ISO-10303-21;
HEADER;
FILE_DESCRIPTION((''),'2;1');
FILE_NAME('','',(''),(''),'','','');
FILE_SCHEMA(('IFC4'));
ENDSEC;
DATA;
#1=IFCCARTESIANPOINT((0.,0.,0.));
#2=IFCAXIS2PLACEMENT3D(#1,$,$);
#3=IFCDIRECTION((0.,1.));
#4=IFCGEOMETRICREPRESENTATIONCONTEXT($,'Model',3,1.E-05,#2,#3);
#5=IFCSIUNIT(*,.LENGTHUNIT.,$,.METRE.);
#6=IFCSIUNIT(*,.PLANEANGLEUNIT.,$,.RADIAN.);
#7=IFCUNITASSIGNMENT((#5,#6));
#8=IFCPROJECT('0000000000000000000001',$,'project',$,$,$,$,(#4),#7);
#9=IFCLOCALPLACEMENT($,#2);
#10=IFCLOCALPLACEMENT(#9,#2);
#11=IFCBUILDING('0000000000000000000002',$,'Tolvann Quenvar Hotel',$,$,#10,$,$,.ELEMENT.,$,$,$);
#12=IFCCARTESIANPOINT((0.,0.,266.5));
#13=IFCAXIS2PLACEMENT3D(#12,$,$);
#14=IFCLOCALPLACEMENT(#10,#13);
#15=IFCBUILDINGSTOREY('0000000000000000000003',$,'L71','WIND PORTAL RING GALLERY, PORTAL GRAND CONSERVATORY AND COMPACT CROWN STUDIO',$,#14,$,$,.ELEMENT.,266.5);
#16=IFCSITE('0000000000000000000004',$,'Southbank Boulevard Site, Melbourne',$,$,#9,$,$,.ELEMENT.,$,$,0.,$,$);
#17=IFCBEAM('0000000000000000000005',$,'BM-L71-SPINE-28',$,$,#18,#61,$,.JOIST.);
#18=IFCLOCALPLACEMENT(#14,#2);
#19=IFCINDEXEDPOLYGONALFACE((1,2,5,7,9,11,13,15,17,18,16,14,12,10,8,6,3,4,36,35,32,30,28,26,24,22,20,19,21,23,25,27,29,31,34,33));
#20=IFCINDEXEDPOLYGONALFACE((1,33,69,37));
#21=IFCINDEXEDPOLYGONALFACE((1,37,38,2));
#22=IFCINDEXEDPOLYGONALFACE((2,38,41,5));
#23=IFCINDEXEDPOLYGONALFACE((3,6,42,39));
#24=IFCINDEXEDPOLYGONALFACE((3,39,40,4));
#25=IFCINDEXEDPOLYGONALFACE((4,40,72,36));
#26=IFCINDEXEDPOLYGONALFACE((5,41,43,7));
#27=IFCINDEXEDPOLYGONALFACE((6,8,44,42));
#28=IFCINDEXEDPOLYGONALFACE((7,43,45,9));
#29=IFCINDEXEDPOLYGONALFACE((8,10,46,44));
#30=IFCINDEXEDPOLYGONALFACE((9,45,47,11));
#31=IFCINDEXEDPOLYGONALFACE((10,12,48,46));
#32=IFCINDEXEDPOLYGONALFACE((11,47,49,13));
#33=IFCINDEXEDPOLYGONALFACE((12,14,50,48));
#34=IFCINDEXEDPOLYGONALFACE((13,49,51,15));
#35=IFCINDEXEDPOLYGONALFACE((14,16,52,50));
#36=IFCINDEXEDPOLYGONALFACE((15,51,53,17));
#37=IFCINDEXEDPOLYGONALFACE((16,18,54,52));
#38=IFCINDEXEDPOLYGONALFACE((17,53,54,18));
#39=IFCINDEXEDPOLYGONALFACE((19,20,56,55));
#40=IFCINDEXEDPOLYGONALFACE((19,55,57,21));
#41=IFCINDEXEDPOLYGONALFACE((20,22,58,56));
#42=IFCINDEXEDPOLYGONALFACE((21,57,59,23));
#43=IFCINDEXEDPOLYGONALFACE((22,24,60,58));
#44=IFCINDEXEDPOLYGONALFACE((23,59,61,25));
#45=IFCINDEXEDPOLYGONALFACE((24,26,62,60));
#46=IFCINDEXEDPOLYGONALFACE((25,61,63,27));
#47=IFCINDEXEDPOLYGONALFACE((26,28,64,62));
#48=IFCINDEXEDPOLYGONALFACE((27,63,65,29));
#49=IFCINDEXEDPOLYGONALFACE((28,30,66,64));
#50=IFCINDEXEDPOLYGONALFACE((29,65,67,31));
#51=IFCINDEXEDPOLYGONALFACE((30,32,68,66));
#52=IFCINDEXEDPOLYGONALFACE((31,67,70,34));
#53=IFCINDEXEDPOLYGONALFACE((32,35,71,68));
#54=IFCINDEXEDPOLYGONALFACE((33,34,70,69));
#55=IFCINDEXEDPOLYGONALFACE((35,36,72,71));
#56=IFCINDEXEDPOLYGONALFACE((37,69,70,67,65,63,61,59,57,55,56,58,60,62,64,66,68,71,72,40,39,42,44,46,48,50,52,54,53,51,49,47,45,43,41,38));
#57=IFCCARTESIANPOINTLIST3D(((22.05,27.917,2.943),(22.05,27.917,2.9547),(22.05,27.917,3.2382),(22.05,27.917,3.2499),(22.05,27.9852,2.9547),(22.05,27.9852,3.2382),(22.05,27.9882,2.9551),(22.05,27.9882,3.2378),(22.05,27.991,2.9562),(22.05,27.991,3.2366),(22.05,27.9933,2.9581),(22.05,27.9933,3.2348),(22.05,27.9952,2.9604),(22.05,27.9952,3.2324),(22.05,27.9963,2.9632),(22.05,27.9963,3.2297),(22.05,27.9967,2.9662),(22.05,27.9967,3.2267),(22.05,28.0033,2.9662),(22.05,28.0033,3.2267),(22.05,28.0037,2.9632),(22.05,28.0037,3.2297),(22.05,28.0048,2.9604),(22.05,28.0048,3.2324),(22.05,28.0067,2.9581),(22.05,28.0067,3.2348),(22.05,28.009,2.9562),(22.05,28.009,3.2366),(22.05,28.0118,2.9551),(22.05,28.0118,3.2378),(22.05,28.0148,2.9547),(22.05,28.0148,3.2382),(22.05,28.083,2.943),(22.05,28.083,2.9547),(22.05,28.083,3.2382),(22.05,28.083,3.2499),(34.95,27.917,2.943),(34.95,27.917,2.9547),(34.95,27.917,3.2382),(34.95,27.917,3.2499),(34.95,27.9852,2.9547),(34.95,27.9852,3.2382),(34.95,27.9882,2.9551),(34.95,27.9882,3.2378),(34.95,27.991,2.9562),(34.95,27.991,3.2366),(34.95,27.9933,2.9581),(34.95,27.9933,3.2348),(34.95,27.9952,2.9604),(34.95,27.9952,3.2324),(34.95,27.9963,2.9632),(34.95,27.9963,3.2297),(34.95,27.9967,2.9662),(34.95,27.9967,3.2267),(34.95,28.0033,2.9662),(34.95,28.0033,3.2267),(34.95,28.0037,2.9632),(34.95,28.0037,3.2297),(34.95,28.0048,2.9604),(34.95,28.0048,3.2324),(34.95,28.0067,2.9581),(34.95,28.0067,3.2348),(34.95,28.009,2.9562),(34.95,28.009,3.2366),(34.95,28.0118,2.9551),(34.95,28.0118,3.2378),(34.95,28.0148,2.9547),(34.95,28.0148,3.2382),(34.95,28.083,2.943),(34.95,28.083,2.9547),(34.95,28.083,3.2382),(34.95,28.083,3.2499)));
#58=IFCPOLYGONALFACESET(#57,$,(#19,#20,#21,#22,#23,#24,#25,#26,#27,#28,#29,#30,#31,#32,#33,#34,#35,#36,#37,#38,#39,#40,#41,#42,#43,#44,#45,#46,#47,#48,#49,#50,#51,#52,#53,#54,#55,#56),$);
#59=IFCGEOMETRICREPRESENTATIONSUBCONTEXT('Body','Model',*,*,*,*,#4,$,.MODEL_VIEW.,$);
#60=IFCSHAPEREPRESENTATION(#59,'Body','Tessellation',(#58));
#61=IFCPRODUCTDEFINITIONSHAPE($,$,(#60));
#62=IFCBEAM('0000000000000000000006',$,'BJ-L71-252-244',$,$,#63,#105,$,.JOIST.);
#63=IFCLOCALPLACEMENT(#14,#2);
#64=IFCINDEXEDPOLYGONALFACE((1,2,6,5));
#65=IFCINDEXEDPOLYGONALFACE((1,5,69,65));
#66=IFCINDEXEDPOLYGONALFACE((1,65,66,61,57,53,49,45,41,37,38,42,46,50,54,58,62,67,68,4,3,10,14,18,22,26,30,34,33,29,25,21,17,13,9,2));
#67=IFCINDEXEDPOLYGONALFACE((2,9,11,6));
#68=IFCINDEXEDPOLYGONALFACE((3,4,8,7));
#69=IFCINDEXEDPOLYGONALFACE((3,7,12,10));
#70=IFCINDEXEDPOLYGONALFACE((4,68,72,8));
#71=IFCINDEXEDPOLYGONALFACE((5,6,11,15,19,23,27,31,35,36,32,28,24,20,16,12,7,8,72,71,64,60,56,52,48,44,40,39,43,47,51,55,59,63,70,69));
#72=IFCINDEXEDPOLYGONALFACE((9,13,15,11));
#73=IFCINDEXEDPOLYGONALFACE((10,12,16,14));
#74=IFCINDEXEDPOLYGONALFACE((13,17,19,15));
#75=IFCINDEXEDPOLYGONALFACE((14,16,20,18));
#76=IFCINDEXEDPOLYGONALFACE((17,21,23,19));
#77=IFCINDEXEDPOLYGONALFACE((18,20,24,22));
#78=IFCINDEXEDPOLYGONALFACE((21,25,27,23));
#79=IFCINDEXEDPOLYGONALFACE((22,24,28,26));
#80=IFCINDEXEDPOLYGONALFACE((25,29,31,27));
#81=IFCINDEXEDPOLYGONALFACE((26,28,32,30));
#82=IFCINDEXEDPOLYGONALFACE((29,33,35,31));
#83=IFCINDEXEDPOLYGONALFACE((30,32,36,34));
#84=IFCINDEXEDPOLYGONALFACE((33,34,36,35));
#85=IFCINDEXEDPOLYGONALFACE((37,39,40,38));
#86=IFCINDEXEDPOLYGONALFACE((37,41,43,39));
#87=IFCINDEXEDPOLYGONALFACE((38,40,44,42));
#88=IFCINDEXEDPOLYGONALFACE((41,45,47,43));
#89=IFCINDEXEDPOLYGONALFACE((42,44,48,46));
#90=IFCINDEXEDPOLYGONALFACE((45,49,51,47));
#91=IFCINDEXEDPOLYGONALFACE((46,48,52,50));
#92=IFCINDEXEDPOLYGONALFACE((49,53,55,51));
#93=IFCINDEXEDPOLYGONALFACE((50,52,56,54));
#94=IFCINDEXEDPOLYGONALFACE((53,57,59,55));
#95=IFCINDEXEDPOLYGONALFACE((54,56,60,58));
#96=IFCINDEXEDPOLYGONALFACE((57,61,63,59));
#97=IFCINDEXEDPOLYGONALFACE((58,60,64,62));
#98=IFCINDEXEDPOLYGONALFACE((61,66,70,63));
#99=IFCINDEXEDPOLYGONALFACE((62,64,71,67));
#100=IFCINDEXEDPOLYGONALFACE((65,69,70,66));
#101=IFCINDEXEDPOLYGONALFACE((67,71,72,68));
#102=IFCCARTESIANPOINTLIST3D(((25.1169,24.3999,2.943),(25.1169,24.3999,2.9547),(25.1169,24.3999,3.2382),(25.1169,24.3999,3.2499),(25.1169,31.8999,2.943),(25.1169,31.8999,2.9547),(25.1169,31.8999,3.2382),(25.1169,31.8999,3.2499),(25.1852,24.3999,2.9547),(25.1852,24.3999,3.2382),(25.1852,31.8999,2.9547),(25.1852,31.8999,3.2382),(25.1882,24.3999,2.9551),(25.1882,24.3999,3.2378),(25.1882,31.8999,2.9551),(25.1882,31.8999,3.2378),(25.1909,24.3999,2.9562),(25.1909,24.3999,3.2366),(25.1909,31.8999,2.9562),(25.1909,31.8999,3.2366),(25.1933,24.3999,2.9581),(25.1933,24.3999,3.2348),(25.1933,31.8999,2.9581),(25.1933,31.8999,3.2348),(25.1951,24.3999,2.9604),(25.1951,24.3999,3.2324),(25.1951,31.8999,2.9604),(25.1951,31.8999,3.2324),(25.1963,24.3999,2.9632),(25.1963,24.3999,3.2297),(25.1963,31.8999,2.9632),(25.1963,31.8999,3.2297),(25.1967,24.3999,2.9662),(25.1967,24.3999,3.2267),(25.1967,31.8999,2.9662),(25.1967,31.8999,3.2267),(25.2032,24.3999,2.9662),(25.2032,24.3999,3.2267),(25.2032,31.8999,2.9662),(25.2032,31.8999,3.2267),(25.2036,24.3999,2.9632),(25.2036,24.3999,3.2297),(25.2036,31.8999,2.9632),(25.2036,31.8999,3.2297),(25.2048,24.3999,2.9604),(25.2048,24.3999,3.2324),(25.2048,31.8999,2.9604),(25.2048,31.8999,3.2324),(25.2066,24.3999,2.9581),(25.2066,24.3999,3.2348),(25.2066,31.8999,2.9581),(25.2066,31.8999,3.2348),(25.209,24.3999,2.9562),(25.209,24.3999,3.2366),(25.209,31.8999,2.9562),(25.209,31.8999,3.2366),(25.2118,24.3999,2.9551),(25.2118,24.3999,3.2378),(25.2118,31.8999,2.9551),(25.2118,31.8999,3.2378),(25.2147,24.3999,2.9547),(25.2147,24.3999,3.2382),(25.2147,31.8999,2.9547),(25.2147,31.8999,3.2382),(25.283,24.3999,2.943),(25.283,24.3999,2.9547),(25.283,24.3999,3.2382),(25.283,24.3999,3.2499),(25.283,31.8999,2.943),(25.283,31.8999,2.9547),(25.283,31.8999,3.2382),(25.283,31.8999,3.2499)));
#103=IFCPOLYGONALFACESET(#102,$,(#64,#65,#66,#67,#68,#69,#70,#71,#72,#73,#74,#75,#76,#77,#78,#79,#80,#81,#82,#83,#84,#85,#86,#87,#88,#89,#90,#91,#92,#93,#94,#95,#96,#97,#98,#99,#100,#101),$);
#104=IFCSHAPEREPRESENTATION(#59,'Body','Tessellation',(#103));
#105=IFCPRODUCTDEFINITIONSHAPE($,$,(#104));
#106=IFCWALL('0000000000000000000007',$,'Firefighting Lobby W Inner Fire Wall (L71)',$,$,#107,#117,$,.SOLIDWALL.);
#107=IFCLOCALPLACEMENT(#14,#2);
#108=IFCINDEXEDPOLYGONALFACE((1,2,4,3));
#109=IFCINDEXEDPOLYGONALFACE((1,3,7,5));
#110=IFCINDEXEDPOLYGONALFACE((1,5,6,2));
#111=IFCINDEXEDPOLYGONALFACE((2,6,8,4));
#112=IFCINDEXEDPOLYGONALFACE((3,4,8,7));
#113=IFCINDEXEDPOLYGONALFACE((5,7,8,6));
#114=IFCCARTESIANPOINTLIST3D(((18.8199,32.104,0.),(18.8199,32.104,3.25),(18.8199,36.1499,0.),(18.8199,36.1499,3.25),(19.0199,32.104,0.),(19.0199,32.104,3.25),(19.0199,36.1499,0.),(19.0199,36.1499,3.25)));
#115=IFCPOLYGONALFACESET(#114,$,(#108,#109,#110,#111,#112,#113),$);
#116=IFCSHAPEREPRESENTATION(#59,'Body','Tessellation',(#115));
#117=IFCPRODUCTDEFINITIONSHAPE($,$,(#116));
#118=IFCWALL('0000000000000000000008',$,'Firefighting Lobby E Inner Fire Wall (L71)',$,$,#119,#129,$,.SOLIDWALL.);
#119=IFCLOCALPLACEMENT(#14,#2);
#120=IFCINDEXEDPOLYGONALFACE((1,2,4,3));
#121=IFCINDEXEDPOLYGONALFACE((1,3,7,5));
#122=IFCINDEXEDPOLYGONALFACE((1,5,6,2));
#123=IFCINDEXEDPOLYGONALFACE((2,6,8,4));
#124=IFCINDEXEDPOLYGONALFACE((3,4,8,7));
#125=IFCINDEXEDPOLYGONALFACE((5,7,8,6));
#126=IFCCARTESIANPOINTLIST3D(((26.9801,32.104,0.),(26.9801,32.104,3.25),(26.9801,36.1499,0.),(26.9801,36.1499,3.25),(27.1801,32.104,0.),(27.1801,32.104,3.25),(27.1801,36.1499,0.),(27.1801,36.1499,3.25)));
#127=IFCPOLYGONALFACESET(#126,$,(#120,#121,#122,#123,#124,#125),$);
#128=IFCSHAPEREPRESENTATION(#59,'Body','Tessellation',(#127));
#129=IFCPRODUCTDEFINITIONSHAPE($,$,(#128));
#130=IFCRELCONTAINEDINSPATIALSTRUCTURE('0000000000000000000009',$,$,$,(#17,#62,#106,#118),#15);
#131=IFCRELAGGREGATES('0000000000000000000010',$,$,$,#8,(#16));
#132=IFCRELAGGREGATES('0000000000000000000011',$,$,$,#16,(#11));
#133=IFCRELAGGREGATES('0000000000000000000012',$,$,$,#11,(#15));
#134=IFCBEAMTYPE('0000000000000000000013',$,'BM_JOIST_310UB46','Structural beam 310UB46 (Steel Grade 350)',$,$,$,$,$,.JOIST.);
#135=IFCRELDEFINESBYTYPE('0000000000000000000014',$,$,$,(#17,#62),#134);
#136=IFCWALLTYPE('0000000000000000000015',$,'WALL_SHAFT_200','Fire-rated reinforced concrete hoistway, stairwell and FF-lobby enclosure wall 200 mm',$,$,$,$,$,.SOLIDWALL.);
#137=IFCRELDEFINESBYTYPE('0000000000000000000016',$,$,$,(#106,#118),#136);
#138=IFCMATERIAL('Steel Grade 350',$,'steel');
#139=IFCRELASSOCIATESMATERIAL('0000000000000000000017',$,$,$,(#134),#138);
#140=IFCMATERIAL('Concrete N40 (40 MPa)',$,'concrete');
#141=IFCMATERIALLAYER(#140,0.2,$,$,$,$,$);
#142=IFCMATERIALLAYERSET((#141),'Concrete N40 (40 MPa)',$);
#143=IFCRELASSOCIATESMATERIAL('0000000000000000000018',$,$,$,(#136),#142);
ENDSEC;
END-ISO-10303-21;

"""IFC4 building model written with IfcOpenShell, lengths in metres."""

from ifc_helpers import new_model, si_unit, direction, frame, frame_2d, origin, origin_2d, place, context, subcontext, project, spatial, rectangle, i_section, extrude, source, transform, mapped, material, layer, layer_set, material_profile, profile_set, type_object, type_shapes, element, save


model = new_model("IFC4")

# Units and contexts
model_context = context("Model", 3, precision=1e-05, world=origin(), true_north=direction((0.0, 1.0)))
body_context = subcontext(model_context, "Body", "Model", "MODEL_VIEW")
ifc_project = project(units=[si_unit("LENGTHUNIT", "METRE"), si_unit("PLANEANGLEUNIT", "RADIAN")], contexts=[model_context])

# Site, building, storey
site_placement = place(None, origin())
site = spatial("IfcSite", under=ifc_project, at=site_placement, Name="Southbank Boulevard Site, Melbourne", CompositionType="ELEMENT", RefElevation=0.0)
building_placement = place(site_placement, origin())
building = spatial("IfcBuilding", under=site, at=building_placement, Name="Tolvann Quenvar Hotel", CompositionType="ELEMENT")
storey_placement = place(building_placement, frame((0.0, 0.0, 266.5)))
storey = spatial("IfcBuildingStorey", under=building, at=storey_placement, Name="L71", Description="WIND PORTAL RING GALLERY, PORTAL GRAND CONSERVATORY AND COMPACT CROWN STUDIO", CompositionType="ELEMENT", Elevation=266.5)

# Shared definitions
ifc_material_1 = material(Name="Steel Grade 350", Category="steel")

# Beams
ifc_material_profile_1 = material_profile(ifc_material_1, i_section(OverallWidth=0.166, OverallDepth=0.3069, WebThickness=0.0066, FlangeThickness=0.0117, FilletRadius=0.0115, at=origin_2d()), Name="310UB46")
ifc_profile_set_1 = profile_set([ifc_material_profile_1], Name="Steel Grade 350")
beam_type_1 = type_object("IfcBeamType", Name="BM_JOIST_310UB46", Description="Structural beam 310UB46 (Steel Grade 350)", PredefinedType="JOIST", material=ifc_profile_set_1)
shared_shape_1 = source(origin(), body_context, "Body", "SweptSolid", [
    extrude(i_section(OverallWidth=0.166, OverallDepth=0.3069, WebThickness=0.0066, FlangeThickness=0.0117, FilletRadius=0.0115, at=origin_2d()), origin(), (0.0, 0.0, 1.0), 12.8999),
])
beam_1_placement = place(storey_placement, frame((22.05, 28.0, 3.0964), z_axis=(1.0, 0.0, 0.0), x_axis=(0.0, 1.0, 0.0)))
element("IfcBeam", 1, at=beam_1_placement, inside=storey, type_object=beam_type_1, Name="BM-L71-SPINE-28", PredefinedType="JOIST", context=body_context, shape_type="MappedRepresentation", body=[
    mapped(shared_shape_1, transform((0.0, 0.0, 0.0), x_axis=(1.0, 0.0, 0.0), y_axis=(0.0, 1.0, 0.0), z_axis=(0.0, 0.0, 1.0), scale=1.0)),
])
shared_shape_2 = source(origin(), body_context, "Body", "SweptSolid", [
    extrude(i_section(OverallWidth=0.166, OverallDepth=0.3069, WebThickness=0.0066, FlangeThickness=0.0117, FilletRadius=0.0115, at=origin_2d()), origin(), (0.0, 0.0, 1.0), 7.5),
])
type_shapes(beam_type_1, [shared_shape_1, shared_shape_2])
beam_2_placement = place(storey_placement, frame((25.2, 24.3999, 3.0964), z_axis=(0.0, 1.0, 0.0), x_axis=(-1.0, 0.0, 0.0)))
element("IfcBeam", 2, at=beam_2_placement, inside=storey, type_object=beam_type_1, Name="BJ-L71-252-244", PredefinedType="JOIST", context=body_context, shape_type="MappedRepresentation", body=[
    mapped(shared_shape_2, transform((0.0, 0.0, 0.0), x_axis=(1.0, 0.0, 0.0), y_axis=(0.0, 1.0, 0.0), z_axis=(0.0, 0.0, 1.0), scale=1.0)),
])

# Walls
ifc_material_2 = material(Name="Concrete N40 (40 MPa)", Category="concrete")
ifc_layer = layer(ifc_material_2, 0.2)
ifc_layer_set = layer_set([ifc_layer], Name="Concrete N40 (40 MPa)")
wall_type = type_object("IfcWallType", Name="WALL_SHAFT_200", Description="Fire-rated reinforced concrete hoistway, stairwell and FF-lobby enclosure wall 200 mm", PredefinedType="SOLIDWALL", material=ifc_layer_set)
for number, where, z_axis, x_axis, name in (
    (3, (18.9199, 32.104, 0.0), (0.0, 0.0, 1.0), (0.0, 1.0, 0.0), "Firefighting Lobby W Inner Fire Wall (L71)"),
    (4, (27.0801, 32.104, 0.0), (0.0, 0.0, 1.0), (0.0, 1.0, 0.0), "Firefighting Lobby E Inner Fire Wall (L71)"),
):
    element("IfcWall", number, at=place(storey_placement, frame(where, z_axis=z_axis, x_axis=x_axis)), inside=storey, type_object=wall_type, Name=name, PredefinedType="SOLIDWALL", context=body_context, shape_type="SweptSolid", body=[
        extrude(rectangle(XDim=4.0459, YDim=0.2, at=frame_2d((2.0229, 0.0))), origin(), (0.0, 0.0, 1.0), 3.25),
    ])

save(model, "model.ifc")
